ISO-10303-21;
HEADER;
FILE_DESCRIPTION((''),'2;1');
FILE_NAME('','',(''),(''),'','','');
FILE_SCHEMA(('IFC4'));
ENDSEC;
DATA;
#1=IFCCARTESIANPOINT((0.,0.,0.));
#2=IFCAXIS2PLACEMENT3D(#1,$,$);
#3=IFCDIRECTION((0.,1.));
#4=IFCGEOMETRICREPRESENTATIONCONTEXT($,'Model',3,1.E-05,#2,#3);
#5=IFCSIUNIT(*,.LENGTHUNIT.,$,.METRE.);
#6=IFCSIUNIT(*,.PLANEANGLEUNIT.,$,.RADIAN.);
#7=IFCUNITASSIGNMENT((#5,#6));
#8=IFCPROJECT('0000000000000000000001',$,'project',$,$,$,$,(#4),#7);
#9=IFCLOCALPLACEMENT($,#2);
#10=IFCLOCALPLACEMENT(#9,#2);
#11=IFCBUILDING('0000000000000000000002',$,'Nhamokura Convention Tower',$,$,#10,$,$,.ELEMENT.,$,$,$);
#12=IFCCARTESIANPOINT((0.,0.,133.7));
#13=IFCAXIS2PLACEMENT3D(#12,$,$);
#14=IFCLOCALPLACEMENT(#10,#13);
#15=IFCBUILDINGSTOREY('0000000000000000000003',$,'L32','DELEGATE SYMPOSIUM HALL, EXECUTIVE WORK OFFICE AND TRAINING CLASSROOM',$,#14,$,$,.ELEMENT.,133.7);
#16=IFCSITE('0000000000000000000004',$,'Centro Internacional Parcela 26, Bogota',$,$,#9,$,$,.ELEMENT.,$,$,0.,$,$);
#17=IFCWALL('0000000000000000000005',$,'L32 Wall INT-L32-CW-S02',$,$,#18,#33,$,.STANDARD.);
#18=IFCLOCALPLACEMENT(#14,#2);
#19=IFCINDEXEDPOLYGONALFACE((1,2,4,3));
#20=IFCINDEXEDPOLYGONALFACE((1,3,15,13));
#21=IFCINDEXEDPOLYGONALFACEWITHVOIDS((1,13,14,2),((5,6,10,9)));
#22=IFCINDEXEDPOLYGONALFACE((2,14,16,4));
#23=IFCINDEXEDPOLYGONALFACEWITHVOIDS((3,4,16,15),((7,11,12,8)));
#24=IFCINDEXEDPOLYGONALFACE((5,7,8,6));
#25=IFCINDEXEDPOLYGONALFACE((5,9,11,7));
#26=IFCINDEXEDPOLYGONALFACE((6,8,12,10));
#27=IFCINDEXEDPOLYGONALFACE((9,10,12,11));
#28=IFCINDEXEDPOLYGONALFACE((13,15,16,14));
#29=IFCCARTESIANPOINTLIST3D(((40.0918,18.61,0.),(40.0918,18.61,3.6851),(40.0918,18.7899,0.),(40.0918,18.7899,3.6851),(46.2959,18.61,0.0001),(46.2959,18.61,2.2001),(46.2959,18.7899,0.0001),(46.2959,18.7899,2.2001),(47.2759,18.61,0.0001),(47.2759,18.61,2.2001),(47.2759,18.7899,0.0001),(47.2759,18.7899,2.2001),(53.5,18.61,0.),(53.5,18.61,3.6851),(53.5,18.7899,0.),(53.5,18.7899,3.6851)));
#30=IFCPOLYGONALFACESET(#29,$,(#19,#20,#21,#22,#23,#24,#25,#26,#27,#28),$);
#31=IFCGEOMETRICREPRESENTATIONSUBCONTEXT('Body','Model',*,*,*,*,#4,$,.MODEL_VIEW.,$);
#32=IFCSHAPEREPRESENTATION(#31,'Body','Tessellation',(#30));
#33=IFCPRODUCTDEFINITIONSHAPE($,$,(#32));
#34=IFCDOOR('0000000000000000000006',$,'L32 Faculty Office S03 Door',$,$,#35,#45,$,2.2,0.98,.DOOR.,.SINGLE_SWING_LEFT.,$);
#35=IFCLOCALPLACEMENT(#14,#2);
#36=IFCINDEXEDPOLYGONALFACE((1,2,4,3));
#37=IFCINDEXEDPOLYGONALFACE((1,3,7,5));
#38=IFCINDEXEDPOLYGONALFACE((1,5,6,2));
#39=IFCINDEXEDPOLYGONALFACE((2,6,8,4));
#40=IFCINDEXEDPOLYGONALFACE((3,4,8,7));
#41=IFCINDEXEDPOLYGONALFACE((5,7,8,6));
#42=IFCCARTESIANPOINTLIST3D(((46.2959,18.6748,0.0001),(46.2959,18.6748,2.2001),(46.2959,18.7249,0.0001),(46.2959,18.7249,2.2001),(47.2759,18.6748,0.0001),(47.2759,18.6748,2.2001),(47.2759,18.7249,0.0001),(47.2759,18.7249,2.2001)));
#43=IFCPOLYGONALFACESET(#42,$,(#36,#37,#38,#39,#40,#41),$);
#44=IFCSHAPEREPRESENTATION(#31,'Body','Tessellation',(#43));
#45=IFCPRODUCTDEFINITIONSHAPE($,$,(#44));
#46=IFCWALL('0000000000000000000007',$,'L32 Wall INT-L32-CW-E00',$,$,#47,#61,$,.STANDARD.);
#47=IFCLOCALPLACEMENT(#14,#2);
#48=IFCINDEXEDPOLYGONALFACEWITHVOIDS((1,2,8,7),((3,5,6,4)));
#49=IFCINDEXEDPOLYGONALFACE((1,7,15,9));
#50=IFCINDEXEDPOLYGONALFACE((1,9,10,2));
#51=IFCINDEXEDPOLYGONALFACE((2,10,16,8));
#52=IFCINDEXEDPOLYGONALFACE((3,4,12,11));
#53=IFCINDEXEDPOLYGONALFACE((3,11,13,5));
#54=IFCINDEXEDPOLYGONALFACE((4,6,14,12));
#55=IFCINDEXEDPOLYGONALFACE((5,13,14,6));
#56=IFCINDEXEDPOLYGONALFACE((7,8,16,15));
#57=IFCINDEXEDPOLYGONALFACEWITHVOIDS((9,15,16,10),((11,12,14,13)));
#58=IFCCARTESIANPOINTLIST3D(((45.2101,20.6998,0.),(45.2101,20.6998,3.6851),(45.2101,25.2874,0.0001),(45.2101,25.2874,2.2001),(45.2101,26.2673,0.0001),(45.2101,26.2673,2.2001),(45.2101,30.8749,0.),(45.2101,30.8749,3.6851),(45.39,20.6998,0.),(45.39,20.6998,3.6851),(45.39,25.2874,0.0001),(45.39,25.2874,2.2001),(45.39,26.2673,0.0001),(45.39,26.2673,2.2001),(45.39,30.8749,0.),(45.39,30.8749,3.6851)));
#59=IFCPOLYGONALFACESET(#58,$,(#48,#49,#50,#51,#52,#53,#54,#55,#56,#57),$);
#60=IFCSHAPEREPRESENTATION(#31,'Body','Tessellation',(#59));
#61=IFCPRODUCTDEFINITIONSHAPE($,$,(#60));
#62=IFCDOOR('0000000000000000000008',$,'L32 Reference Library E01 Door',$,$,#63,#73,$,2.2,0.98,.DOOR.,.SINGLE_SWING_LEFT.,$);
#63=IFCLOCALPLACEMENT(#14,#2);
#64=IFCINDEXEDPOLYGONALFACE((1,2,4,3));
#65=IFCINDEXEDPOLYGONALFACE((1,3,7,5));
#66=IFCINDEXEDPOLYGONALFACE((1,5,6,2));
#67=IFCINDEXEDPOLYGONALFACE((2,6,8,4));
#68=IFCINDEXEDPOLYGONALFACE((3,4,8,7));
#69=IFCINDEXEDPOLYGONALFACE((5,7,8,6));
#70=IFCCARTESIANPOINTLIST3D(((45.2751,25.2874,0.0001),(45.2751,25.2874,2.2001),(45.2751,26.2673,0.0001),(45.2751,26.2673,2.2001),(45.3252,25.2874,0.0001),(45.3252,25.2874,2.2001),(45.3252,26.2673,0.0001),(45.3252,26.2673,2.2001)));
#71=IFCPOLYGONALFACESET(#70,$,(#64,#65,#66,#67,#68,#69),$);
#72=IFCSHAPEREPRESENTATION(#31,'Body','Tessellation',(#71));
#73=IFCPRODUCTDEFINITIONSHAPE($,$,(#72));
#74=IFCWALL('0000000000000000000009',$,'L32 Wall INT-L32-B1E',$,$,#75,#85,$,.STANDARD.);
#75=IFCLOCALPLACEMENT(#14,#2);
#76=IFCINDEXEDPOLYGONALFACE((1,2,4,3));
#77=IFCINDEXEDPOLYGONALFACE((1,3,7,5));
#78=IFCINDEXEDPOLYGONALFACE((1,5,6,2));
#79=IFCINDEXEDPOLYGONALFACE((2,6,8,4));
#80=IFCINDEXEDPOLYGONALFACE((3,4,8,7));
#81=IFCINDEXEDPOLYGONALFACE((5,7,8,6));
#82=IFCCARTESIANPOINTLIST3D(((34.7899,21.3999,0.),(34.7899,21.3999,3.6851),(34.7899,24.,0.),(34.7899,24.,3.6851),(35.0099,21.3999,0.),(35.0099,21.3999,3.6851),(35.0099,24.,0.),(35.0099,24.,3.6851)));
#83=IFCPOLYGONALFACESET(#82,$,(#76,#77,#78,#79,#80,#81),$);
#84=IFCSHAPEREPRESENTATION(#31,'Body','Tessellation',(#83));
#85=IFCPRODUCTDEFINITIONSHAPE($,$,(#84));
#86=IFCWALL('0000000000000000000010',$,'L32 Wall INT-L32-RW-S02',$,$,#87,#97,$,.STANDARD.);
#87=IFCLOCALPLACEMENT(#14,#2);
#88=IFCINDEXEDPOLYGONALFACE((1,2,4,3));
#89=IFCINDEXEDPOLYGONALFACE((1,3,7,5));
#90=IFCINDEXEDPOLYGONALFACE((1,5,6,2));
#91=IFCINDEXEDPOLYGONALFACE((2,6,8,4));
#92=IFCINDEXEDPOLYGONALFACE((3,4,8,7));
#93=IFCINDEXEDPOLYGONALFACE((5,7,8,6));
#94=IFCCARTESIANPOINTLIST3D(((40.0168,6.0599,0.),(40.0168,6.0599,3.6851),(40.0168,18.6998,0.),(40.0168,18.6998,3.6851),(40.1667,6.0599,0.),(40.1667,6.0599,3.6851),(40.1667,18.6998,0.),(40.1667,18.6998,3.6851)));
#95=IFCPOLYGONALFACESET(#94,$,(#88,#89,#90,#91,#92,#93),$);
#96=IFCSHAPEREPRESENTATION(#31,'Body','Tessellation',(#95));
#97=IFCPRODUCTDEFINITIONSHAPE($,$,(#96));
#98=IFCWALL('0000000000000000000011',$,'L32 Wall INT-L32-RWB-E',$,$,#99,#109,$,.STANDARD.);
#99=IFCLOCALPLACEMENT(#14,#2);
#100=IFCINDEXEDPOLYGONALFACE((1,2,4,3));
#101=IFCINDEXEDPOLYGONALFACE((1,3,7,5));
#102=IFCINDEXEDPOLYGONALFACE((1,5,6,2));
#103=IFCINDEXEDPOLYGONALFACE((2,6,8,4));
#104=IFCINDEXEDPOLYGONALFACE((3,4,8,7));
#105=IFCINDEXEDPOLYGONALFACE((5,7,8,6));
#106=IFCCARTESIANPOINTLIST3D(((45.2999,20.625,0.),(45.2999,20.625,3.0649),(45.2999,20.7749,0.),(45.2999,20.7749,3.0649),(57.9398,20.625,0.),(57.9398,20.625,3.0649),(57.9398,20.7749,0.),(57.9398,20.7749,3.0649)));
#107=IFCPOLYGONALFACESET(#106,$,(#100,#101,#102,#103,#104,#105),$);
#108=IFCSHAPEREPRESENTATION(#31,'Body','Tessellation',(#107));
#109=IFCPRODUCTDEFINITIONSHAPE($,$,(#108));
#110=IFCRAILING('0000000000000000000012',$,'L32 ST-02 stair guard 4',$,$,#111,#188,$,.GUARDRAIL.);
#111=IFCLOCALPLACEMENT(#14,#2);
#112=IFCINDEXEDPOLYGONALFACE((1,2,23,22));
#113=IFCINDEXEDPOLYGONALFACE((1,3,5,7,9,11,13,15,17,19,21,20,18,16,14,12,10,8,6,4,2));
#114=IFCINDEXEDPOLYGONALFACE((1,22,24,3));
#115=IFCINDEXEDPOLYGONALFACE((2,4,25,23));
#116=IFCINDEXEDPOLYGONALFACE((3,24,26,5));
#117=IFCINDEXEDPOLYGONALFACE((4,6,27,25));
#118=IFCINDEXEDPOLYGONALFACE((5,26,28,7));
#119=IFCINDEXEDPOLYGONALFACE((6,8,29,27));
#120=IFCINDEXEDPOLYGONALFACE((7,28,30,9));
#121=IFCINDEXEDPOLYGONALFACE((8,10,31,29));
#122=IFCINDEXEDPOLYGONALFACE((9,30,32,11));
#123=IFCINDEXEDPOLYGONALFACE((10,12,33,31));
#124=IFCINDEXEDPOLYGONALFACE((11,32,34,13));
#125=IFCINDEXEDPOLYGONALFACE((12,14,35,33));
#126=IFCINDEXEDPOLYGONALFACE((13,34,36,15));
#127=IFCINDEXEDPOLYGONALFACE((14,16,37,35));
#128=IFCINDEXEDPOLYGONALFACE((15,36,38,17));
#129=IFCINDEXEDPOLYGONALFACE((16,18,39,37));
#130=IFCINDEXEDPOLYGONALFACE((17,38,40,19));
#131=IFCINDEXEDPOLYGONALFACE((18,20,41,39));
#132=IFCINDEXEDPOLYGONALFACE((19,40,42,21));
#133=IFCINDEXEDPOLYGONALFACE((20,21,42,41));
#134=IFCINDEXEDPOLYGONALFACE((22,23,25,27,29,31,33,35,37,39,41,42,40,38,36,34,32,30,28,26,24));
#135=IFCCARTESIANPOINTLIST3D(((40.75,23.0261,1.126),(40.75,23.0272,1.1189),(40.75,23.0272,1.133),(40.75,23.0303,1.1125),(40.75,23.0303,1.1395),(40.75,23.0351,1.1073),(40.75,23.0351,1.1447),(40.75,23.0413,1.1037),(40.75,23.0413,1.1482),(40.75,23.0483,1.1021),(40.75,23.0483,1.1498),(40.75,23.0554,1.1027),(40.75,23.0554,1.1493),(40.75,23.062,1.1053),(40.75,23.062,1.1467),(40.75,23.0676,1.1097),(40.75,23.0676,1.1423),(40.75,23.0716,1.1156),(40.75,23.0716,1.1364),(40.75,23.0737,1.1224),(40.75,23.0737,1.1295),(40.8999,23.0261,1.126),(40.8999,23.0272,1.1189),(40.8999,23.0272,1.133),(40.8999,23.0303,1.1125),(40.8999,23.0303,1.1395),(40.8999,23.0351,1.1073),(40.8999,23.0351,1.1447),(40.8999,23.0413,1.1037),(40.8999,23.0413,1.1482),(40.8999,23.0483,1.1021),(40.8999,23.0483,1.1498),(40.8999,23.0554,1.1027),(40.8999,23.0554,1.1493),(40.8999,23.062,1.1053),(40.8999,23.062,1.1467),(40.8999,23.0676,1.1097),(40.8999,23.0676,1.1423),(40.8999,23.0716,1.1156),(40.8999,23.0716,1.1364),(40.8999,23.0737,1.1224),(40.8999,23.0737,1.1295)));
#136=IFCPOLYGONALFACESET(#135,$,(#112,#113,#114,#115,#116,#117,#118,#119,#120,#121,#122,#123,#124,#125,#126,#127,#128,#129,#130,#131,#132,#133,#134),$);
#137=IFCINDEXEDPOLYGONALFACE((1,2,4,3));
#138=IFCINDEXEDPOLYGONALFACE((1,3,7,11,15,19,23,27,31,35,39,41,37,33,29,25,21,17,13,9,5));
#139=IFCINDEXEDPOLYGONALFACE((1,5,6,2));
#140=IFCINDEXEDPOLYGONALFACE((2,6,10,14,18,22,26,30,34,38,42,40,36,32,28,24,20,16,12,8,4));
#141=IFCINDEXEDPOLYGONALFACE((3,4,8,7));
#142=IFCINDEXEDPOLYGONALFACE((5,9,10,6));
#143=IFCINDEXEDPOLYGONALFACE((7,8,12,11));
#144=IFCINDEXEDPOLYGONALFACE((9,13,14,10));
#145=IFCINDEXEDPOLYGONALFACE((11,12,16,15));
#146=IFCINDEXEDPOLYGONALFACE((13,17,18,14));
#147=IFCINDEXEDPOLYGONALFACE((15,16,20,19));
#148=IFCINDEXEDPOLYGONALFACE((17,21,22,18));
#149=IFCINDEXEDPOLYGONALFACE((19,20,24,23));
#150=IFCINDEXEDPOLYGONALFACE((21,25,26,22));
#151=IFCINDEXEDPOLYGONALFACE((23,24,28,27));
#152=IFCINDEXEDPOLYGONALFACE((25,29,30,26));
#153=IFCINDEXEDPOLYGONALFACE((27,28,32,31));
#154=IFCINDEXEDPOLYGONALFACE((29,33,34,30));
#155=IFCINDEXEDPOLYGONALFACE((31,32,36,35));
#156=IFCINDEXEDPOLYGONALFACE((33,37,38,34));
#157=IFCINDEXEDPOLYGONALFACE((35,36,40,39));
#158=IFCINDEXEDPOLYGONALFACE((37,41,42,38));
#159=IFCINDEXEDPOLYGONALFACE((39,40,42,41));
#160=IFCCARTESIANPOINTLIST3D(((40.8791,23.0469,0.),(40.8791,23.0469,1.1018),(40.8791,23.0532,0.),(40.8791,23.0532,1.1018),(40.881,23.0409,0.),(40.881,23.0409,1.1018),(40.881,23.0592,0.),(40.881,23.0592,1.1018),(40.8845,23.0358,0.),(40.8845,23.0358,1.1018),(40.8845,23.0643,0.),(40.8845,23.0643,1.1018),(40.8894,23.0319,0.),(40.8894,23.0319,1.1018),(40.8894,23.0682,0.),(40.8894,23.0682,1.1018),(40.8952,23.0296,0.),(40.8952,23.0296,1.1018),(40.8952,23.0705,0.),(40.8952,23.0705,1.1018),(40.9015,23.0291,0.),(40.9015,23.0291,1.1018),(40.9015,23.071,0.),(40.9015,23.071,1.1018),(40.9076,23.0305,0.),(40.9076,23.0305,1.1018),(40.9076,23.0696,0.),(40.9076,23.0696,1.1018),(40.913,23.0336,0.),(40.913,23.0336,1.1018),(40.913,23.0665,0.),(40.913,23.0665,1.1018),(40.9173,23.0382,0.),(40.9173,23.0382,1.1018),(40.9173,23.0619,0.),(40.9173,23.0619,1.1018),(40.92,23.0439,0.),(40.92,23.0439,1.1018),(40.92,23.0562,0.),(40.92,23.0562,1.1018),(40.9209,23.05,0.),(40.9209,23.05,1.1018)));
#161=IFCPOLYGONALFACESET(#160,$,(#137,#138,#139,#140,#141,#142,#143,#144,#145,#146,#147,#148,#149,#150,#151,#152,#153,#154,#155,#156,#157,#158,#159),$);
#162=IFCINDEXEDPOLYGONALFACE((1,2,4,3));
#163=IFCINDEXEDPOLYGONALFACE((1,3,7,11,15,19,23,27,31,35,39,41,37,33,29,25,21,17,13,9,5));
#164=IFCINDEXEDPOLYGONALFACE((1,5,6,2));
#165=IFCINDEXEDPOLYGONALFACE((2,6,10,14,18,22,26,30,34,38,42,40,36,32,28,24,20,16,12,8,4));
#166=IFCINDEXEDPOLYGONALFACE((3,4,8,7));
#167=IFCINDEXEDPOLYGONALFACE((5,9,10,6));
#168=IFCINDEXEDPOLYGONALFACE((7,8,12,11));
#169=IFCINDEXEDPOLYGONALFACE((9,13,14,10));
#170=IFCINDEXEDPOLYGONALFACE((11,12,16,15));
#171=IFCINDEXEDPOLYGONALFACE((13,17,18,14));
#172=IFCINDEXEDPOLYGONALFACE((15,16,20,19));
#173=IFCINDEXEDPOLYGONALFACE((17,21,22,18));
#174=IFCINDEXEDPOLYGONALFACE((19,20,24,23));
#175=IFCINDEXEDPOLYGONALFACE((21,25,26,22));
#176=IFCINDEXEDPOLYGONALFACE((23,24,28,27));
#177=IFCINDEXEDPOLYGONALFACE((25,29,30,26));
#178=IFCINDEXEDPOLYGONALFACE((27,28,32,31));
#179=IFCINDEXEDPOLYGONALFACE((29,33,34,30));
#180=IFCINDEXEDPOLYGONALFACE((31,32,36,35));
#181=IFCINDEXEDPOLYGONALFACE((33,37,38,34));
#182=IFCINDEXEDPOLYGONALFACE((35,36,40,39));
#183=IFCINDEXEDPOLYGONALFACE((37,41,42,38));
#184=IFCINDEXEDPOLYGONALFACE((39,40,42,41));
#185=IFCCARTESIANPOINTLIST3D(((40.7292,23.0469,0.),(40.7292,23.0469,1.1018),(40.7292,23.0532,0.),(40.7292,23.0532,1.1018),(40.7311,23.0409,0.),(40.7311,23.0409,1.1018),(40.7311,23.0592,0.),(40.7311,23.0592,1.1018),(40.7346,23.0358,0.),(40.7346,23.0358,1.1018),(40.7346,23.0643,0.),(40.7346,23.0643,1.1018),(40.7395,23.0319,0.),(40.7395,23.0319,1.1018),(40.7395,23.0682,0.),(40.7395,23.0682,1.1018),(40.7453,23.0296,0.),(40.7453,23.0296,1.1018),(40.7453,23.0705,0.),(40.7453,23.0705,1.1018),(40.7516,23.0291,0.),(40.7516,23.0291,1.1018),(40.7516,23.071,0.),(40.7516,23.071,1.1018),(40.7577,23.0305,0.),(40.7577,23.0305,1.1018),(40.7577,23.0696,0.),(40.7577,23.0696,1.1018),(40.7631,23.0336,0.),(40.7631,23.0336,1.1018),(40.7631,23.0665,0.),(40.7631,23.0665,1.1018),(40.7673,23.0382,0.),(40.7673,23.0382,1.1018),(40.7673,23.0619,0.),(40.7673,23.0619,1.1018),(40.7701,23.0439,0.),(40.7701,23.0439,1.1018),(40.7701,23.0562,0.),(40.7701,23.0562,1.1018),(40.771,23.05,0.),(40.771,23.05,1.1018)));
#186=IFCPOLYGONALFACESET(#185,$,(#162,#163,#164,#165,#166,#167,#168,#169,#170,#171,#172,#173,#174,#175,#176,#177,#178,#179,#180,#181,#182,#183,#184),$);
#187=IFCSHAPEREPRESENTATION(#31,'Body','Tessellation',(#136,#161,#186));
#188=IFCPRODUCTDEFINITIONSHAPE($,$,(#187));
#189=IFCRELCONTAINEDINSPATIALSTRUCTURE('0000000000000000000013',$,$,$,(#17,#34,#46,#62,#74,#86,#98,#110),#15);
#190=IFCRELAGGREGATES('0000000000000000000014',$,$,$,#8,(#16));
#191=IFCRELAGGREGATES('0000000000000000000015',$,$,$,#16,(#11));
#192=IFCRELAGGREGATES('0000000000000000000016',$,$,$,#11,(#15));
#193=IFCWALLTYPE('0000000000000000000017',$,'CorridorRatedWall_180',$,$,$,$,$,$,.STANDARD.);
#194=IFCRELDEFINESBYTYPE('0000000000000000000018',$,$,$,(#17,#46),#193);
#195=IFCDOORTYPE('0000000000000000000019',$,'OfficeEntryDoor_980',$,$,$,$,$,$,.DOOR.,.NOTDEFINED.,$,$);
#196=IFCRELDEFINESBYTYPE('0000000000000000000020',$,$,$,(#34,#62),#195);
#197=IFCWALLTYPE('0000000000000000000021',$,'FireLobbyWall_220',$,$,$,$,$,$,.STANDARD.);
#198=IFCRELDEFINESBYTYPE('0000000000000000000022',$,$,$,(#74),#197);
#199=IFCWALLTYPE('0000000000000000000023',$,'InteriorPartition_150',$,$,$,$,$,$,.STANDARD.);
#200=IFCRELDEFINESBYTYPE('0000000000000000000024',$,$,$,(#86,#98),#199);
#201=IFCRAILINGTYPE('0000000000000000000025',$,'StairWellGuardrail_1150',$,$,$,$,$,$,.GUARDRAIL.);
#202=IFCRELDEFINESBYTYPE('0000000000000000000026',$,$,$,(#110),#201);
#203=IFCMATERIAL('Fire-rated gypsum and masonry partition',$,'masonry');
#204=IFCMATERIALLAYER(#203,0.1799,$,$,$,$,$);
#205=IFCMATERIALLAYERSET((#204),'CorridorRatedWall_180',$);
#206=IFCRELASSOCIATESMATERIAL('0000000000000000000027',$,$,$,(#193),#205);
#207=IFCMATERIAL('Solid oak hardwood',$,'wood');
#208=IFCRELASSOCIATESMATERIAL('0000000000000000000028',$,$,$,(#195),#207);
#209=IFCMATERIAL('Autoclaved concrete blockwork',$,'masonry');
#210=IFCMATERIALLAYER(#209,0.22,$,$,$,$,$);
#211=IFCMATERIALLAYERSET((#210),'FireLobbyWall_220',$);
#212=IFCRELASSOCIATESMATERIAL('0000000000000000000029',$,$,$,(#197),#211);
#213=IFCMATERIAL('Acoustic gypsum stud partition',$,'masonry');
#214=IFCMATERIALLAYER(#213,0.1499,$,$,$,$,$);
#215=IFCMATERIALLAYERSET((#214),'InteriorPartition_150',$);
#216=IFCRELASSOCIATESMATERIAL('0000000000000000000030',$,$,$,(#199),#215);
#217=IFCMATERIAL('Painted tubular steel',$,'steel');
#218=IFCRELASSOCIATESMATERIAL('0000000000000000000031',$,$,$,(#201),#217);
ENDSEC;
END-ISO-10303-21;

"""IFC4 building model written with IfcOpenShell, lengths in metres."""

from ifc_helpers import new_model, si_unit, direction, frame, frame_2d, origin, origin_2d, place, context, subcontext, project, spatial, rectangle, circle, extrude, material, layer, layer_set, type_object, element, fill, save


model = new_model("IFC4")

# Units and contexts
model_context = context("Model", 3, precision=1e-05, world=origin(), true_north=direction((0.0, 1.0)))
body_context = subcontext(model_context, "Body", "Model", "MODEL_VIEW")
ifc_project = project(units=[si_unit("LENGTHUNIT", "METRE"), si_unit("PLANEANGLEUNIT", "RADIAN")], contexts=[model_context])

# Site, building, storey
site_placement = place(None, origin())
site = spatial("IfcSite", under=ifc_project, at=site_placement, Name="Centro Internacional Parcela 26, Bogota", CompositionType="ELEMENT", RefElevation=0.0)
building_placement = place(site_placement, origin())
building = spatial("IfcBuilding", under=site, at=building_placement, Name="Nhamokura Convention Tower", CompositionType="ELEMENT")
storey_placement = place(building_placement, frame((0.0, 0.0, 133.7)))
storey = spatial("IfcBuildingStorey", under=building, at=storey_placement, Name="L32", Description="DELEGATE SYMPOSIUM HALL, EXECUTIVE WORK OFFICE AND TRAINING CLASSROOM", CompositionType="ELEMENT", Elevation=133.7)

# Walls, openings, doors
ifc_material_1 = material(Name="Fire-rated gypsum and masonry partition", Category="masonry")
ifc_layer_1 = layer(ifc_material_1, 0.1799)
ifc_layer_set_1 = layer_set([ifc_layer_1], Name="CorridorRatedWall_180")
wall_type_1 = type_object("IfcWallType", Name="CorridorRatedWall_180", PredefinedType="STANDARD", material=ifc_layer_set_1)
wall_1_placement = place(storey_placement, frame((40.0918, 18.7, 0.0), z_axis=(0.0, 0.0, 1.0), x_axis=(1.0, 0.0, 0.0)))
wall_1 = element("IfcWall", 1, at=wall_1_placement, inside=storey, type_object=wall_type_1, Name="L32 Wall INT-L32-CW-S02", PredefinedType="STANDARD", context=body_context, shape_type="SweptSolid", body=[
    extrude(rectangle(XDim=13.4082, YDim=0.1799, at=frame_2d((6.7041, 0.0))), origin(), (0.0, 0.0, 1.0), 3.6851),
])
opening_1_placement = place(wall_1_placement, frame((6.2041, 0.0, 0.0)))
opening_1 = element("IfcOpeningElement", 2, at=opening_1_placement, cuts=wall_1, PredefinedType="OPENING", context=body_context, shape_type="SweptSolid", body=[
    extrude(rectangle(XDim=0.98, YDim=2.2, at=frame_2d((0.49, 1.1001))), frame((0.0, 0.0999, 0.0), z_axis=(0.0, -1.0, 0.0), x_axis=(1.0, 0.0, 0.0)), (0.0, 0.0, 1.0), 0.2),
])
ifc_material_2 = material(Name="Solid oak hardwood", Category="wood")
door_type_1 = type_object("IfcDoorType", Name="OfficeEntryDoor_980", OperationType="NOTDEFINED", PredefinedType="DOOR", material=ifc_material_2)
door_1_placement = place(opening_1_placement, origin())
door_1 = element("IfcDoor", 3, at=door_1_placement, inside=storey, type_object=door_type_1, Name="L32 Faculty Office S03 Door", OperationType="SINGLE_SWING_LEFT", OverallHeight=2.2, OverallWidth=0.98, PredefinedType="DOOR", context=body_context, shape_type="SweptSolid", body=[
    extrude(rectangle(XDim=0.98, YDim=2.2, at=frame_2d((0.49, 1.1001))), frame((0.0, 0.0249, 0.0), z_axis=(0.0, -1.0, 0.0), x_axis=(1.0, 0.0, 0.0)), (0.0, 0.0, 1.0), 0.05),
])
fill(opening_1, door_1)
wall_2_placement = place(storey_placement, frame((45.3, 20.7, 0.0), z_axis=(0.0, 0.0, 1.0), x_axis=(0.0, 1.0, 0.0)))
wall_2 = element("IfcWall", 4, at=wall_2_placement, inside=storey, type_object=wall_type_1, Name="L32 Wall INT-L32-CW-E00", PredefinedType="STANDARD", context=body_context, shape_type="SweptSolid", body=[
    extrude(rectangle(XDim=10.175, YDim=0.1799, at=frame_2d((5.0874, 0.0))), origin(), (0.0, 0.0, 1.0), 3.6851),
])
opening_2_placement = place(wall_2_placement, frame((4.5874, 0.0, 0.0)))
opening_2 = element("IfcOpeningElement", 5, at=opening_2_placement, cuts=wall_2, PredefinedType="OPENING", context=body_context, shape_type="SweptSolid", body=[
    extrude(rectangle(XDim=0.98, YDim=2.2, at=frame_2d((0.49, 1.1001))), frame((0.0, 0.0999, 0.0), z_axis=(0.0, -1.0, 0.0), x_axis=(1.0, 0.0, 0.0)), (0.0, 0.0, 1.0), 0.2),
])
door_2_placement = place(opening_2_placement, origin())
door_2 = element("IfcDoor", 6, at=door_2_placement, inside=storey, type_object=door_type_1, Name="L32 Reference Library E01 Door", OperationType="SINGLE_SWING_LEFT", OverallHeight=2.2, OverallWidth=0.98, PredefinedType="DOOR", context=body_context, shape_type="SweptSolid", body=[
    extrude(rectangle(XDim=0.98, YDim=2.2, at=frame_2d((0.49, 1.1001))), frame((0.0, 0.0249, 0.0), z_axis=(0.0, -1.0, 0.0), x_axis=(1.0, 0.0, 0.0)), (0.0, 0.0, 1.0), 0.05),
])
fill(opening_2, door_2)
ifc_material_3 = material(Name="Autoclaved concrete blockwork", Category="masonry")
ifc_layer_2 = layer(ifc_material_3, 0.22)
ifc_layer_set_2 = layer_set([ifc_layer_2], Name="FireLobbyWall_220")
wall_type_2 = type_object("IfcWallType", Name="FireLobbyWall_220", PredefinedType="STANDARD", material=ifc_layer_set_2)

# Walls
wall_3_placement = place(storey_placement, frame((34.8999, 21.3999, 0.0), z_axis=(0.0, 0.0, 1.0), x_axis=(0.0, 1.0, 0.0)))
element("IfcWall", 7, at=wall_3_placement, inside=storey, type_object=wall_type_2, Name="L32 Wall INT-L32-B1E", PredefinedType="STANDARD", context=body_context, shape_type="SweptSolid", body=[
    extrude(rectangle(XDim=2.6001, YDim=0.22, at=frame_2d((1.3, 0.0))), origin(), (0.0, 0.0, 1.0), 3.6851),
])
ifc_material_4 = material(Name="Acoustic gypsum stud partition", Category="masonry")
ifc_layer_3 = layer(ifc_material_4, 0.1499)
ifc_layer_set_3 = layer_set([ifc_layer_3], Name="InteriorPartition_150")
wall_type_3 = type_object("IfcWallType", Name="InteriorPartition_150", PredefinedType="STANDARD", material=ifc_layer_set_3)
wall_4_placement = place(storey_placement, frame((40.0918, 6.0601, 0.0), z_axis=(0.0, 0.0, 1.0), x_axis=(0.0, 1.0, 0.0)))
element("IfcWall", 8, at=wall_4_placement, inside=storey, type_object=wall_type_3, Name="L32 Wall INT-L32-RW-S02", PredefinedType="STANDARD", context=body_context, shape_type="SweptSolid", body=[
    extrude(rectangle(XDim=12.6399, YDim=0.1499, at=frame_2d((6.3198, 0.0))), origin(), (0.0, 0.0, 1.0), 3.6851),
])
wall_5_placement = place(storey_placement, frame((45.3, 20.7, 0.0), z_axis=(0.0, 0.0, 1.0), x_axis=(1.0, 0.0, 0.0)))
element("IfcWall", 9, at=wall_5_placement, inside=storey, type_object=wall_type_3, Name="L32 Wall INT-L32-RWB-E", PredefinedType="STANDARD", context=body_context, shape_type="SweptSolid", body=[
    extrude(rectangle(XDim=12.6399, YDim=0.1499, at=frame_2d((6.3198, 0.0))), origin(), (0.0, 0.0, 1.0), 3.0649),
])

# Railing
ifc_material_5 = material(Name="Painted tubular steel", Category="steel")
railing_type = type_object("IfcRailingType", Name="StairWellGuardrail_1150", PredefinedType="GUARDRAIL", material=ifc_material_5)
railing_placement = place(storey_placement, frame((40.8999, 23.05, 0.0)))
element("IfcRailing", 10, at=railing_placement, inside=storey, type_object=railing_type, Name="L32 ST-02 stair guard 4", PredefinedType="GUARDRAIL", context=body_context, shape_type="SweptSolid", body=[
    extrude(circle(Radius=0.0239, at=origin_2d()), frame((0.0, 0.0, 1.126), z_axis=(-1.0, 0.0, 0.0), x_axis=(0.0, -1.0, 0.0)), (0.0, 0.0, 1.0), 0.1499),
    extrude(circle(Radius=0.021, at=origin_2d()), origin(), (0.0, 0.0, 1.0), 1.1018),
    extrude(circle(Radius=0.021, at=origin_2d()), frame((-0.1499, 0.0, 0.0)), (0.0, 0.0, 1.0), 1.1018),
])

save(model, "model.ifc")
